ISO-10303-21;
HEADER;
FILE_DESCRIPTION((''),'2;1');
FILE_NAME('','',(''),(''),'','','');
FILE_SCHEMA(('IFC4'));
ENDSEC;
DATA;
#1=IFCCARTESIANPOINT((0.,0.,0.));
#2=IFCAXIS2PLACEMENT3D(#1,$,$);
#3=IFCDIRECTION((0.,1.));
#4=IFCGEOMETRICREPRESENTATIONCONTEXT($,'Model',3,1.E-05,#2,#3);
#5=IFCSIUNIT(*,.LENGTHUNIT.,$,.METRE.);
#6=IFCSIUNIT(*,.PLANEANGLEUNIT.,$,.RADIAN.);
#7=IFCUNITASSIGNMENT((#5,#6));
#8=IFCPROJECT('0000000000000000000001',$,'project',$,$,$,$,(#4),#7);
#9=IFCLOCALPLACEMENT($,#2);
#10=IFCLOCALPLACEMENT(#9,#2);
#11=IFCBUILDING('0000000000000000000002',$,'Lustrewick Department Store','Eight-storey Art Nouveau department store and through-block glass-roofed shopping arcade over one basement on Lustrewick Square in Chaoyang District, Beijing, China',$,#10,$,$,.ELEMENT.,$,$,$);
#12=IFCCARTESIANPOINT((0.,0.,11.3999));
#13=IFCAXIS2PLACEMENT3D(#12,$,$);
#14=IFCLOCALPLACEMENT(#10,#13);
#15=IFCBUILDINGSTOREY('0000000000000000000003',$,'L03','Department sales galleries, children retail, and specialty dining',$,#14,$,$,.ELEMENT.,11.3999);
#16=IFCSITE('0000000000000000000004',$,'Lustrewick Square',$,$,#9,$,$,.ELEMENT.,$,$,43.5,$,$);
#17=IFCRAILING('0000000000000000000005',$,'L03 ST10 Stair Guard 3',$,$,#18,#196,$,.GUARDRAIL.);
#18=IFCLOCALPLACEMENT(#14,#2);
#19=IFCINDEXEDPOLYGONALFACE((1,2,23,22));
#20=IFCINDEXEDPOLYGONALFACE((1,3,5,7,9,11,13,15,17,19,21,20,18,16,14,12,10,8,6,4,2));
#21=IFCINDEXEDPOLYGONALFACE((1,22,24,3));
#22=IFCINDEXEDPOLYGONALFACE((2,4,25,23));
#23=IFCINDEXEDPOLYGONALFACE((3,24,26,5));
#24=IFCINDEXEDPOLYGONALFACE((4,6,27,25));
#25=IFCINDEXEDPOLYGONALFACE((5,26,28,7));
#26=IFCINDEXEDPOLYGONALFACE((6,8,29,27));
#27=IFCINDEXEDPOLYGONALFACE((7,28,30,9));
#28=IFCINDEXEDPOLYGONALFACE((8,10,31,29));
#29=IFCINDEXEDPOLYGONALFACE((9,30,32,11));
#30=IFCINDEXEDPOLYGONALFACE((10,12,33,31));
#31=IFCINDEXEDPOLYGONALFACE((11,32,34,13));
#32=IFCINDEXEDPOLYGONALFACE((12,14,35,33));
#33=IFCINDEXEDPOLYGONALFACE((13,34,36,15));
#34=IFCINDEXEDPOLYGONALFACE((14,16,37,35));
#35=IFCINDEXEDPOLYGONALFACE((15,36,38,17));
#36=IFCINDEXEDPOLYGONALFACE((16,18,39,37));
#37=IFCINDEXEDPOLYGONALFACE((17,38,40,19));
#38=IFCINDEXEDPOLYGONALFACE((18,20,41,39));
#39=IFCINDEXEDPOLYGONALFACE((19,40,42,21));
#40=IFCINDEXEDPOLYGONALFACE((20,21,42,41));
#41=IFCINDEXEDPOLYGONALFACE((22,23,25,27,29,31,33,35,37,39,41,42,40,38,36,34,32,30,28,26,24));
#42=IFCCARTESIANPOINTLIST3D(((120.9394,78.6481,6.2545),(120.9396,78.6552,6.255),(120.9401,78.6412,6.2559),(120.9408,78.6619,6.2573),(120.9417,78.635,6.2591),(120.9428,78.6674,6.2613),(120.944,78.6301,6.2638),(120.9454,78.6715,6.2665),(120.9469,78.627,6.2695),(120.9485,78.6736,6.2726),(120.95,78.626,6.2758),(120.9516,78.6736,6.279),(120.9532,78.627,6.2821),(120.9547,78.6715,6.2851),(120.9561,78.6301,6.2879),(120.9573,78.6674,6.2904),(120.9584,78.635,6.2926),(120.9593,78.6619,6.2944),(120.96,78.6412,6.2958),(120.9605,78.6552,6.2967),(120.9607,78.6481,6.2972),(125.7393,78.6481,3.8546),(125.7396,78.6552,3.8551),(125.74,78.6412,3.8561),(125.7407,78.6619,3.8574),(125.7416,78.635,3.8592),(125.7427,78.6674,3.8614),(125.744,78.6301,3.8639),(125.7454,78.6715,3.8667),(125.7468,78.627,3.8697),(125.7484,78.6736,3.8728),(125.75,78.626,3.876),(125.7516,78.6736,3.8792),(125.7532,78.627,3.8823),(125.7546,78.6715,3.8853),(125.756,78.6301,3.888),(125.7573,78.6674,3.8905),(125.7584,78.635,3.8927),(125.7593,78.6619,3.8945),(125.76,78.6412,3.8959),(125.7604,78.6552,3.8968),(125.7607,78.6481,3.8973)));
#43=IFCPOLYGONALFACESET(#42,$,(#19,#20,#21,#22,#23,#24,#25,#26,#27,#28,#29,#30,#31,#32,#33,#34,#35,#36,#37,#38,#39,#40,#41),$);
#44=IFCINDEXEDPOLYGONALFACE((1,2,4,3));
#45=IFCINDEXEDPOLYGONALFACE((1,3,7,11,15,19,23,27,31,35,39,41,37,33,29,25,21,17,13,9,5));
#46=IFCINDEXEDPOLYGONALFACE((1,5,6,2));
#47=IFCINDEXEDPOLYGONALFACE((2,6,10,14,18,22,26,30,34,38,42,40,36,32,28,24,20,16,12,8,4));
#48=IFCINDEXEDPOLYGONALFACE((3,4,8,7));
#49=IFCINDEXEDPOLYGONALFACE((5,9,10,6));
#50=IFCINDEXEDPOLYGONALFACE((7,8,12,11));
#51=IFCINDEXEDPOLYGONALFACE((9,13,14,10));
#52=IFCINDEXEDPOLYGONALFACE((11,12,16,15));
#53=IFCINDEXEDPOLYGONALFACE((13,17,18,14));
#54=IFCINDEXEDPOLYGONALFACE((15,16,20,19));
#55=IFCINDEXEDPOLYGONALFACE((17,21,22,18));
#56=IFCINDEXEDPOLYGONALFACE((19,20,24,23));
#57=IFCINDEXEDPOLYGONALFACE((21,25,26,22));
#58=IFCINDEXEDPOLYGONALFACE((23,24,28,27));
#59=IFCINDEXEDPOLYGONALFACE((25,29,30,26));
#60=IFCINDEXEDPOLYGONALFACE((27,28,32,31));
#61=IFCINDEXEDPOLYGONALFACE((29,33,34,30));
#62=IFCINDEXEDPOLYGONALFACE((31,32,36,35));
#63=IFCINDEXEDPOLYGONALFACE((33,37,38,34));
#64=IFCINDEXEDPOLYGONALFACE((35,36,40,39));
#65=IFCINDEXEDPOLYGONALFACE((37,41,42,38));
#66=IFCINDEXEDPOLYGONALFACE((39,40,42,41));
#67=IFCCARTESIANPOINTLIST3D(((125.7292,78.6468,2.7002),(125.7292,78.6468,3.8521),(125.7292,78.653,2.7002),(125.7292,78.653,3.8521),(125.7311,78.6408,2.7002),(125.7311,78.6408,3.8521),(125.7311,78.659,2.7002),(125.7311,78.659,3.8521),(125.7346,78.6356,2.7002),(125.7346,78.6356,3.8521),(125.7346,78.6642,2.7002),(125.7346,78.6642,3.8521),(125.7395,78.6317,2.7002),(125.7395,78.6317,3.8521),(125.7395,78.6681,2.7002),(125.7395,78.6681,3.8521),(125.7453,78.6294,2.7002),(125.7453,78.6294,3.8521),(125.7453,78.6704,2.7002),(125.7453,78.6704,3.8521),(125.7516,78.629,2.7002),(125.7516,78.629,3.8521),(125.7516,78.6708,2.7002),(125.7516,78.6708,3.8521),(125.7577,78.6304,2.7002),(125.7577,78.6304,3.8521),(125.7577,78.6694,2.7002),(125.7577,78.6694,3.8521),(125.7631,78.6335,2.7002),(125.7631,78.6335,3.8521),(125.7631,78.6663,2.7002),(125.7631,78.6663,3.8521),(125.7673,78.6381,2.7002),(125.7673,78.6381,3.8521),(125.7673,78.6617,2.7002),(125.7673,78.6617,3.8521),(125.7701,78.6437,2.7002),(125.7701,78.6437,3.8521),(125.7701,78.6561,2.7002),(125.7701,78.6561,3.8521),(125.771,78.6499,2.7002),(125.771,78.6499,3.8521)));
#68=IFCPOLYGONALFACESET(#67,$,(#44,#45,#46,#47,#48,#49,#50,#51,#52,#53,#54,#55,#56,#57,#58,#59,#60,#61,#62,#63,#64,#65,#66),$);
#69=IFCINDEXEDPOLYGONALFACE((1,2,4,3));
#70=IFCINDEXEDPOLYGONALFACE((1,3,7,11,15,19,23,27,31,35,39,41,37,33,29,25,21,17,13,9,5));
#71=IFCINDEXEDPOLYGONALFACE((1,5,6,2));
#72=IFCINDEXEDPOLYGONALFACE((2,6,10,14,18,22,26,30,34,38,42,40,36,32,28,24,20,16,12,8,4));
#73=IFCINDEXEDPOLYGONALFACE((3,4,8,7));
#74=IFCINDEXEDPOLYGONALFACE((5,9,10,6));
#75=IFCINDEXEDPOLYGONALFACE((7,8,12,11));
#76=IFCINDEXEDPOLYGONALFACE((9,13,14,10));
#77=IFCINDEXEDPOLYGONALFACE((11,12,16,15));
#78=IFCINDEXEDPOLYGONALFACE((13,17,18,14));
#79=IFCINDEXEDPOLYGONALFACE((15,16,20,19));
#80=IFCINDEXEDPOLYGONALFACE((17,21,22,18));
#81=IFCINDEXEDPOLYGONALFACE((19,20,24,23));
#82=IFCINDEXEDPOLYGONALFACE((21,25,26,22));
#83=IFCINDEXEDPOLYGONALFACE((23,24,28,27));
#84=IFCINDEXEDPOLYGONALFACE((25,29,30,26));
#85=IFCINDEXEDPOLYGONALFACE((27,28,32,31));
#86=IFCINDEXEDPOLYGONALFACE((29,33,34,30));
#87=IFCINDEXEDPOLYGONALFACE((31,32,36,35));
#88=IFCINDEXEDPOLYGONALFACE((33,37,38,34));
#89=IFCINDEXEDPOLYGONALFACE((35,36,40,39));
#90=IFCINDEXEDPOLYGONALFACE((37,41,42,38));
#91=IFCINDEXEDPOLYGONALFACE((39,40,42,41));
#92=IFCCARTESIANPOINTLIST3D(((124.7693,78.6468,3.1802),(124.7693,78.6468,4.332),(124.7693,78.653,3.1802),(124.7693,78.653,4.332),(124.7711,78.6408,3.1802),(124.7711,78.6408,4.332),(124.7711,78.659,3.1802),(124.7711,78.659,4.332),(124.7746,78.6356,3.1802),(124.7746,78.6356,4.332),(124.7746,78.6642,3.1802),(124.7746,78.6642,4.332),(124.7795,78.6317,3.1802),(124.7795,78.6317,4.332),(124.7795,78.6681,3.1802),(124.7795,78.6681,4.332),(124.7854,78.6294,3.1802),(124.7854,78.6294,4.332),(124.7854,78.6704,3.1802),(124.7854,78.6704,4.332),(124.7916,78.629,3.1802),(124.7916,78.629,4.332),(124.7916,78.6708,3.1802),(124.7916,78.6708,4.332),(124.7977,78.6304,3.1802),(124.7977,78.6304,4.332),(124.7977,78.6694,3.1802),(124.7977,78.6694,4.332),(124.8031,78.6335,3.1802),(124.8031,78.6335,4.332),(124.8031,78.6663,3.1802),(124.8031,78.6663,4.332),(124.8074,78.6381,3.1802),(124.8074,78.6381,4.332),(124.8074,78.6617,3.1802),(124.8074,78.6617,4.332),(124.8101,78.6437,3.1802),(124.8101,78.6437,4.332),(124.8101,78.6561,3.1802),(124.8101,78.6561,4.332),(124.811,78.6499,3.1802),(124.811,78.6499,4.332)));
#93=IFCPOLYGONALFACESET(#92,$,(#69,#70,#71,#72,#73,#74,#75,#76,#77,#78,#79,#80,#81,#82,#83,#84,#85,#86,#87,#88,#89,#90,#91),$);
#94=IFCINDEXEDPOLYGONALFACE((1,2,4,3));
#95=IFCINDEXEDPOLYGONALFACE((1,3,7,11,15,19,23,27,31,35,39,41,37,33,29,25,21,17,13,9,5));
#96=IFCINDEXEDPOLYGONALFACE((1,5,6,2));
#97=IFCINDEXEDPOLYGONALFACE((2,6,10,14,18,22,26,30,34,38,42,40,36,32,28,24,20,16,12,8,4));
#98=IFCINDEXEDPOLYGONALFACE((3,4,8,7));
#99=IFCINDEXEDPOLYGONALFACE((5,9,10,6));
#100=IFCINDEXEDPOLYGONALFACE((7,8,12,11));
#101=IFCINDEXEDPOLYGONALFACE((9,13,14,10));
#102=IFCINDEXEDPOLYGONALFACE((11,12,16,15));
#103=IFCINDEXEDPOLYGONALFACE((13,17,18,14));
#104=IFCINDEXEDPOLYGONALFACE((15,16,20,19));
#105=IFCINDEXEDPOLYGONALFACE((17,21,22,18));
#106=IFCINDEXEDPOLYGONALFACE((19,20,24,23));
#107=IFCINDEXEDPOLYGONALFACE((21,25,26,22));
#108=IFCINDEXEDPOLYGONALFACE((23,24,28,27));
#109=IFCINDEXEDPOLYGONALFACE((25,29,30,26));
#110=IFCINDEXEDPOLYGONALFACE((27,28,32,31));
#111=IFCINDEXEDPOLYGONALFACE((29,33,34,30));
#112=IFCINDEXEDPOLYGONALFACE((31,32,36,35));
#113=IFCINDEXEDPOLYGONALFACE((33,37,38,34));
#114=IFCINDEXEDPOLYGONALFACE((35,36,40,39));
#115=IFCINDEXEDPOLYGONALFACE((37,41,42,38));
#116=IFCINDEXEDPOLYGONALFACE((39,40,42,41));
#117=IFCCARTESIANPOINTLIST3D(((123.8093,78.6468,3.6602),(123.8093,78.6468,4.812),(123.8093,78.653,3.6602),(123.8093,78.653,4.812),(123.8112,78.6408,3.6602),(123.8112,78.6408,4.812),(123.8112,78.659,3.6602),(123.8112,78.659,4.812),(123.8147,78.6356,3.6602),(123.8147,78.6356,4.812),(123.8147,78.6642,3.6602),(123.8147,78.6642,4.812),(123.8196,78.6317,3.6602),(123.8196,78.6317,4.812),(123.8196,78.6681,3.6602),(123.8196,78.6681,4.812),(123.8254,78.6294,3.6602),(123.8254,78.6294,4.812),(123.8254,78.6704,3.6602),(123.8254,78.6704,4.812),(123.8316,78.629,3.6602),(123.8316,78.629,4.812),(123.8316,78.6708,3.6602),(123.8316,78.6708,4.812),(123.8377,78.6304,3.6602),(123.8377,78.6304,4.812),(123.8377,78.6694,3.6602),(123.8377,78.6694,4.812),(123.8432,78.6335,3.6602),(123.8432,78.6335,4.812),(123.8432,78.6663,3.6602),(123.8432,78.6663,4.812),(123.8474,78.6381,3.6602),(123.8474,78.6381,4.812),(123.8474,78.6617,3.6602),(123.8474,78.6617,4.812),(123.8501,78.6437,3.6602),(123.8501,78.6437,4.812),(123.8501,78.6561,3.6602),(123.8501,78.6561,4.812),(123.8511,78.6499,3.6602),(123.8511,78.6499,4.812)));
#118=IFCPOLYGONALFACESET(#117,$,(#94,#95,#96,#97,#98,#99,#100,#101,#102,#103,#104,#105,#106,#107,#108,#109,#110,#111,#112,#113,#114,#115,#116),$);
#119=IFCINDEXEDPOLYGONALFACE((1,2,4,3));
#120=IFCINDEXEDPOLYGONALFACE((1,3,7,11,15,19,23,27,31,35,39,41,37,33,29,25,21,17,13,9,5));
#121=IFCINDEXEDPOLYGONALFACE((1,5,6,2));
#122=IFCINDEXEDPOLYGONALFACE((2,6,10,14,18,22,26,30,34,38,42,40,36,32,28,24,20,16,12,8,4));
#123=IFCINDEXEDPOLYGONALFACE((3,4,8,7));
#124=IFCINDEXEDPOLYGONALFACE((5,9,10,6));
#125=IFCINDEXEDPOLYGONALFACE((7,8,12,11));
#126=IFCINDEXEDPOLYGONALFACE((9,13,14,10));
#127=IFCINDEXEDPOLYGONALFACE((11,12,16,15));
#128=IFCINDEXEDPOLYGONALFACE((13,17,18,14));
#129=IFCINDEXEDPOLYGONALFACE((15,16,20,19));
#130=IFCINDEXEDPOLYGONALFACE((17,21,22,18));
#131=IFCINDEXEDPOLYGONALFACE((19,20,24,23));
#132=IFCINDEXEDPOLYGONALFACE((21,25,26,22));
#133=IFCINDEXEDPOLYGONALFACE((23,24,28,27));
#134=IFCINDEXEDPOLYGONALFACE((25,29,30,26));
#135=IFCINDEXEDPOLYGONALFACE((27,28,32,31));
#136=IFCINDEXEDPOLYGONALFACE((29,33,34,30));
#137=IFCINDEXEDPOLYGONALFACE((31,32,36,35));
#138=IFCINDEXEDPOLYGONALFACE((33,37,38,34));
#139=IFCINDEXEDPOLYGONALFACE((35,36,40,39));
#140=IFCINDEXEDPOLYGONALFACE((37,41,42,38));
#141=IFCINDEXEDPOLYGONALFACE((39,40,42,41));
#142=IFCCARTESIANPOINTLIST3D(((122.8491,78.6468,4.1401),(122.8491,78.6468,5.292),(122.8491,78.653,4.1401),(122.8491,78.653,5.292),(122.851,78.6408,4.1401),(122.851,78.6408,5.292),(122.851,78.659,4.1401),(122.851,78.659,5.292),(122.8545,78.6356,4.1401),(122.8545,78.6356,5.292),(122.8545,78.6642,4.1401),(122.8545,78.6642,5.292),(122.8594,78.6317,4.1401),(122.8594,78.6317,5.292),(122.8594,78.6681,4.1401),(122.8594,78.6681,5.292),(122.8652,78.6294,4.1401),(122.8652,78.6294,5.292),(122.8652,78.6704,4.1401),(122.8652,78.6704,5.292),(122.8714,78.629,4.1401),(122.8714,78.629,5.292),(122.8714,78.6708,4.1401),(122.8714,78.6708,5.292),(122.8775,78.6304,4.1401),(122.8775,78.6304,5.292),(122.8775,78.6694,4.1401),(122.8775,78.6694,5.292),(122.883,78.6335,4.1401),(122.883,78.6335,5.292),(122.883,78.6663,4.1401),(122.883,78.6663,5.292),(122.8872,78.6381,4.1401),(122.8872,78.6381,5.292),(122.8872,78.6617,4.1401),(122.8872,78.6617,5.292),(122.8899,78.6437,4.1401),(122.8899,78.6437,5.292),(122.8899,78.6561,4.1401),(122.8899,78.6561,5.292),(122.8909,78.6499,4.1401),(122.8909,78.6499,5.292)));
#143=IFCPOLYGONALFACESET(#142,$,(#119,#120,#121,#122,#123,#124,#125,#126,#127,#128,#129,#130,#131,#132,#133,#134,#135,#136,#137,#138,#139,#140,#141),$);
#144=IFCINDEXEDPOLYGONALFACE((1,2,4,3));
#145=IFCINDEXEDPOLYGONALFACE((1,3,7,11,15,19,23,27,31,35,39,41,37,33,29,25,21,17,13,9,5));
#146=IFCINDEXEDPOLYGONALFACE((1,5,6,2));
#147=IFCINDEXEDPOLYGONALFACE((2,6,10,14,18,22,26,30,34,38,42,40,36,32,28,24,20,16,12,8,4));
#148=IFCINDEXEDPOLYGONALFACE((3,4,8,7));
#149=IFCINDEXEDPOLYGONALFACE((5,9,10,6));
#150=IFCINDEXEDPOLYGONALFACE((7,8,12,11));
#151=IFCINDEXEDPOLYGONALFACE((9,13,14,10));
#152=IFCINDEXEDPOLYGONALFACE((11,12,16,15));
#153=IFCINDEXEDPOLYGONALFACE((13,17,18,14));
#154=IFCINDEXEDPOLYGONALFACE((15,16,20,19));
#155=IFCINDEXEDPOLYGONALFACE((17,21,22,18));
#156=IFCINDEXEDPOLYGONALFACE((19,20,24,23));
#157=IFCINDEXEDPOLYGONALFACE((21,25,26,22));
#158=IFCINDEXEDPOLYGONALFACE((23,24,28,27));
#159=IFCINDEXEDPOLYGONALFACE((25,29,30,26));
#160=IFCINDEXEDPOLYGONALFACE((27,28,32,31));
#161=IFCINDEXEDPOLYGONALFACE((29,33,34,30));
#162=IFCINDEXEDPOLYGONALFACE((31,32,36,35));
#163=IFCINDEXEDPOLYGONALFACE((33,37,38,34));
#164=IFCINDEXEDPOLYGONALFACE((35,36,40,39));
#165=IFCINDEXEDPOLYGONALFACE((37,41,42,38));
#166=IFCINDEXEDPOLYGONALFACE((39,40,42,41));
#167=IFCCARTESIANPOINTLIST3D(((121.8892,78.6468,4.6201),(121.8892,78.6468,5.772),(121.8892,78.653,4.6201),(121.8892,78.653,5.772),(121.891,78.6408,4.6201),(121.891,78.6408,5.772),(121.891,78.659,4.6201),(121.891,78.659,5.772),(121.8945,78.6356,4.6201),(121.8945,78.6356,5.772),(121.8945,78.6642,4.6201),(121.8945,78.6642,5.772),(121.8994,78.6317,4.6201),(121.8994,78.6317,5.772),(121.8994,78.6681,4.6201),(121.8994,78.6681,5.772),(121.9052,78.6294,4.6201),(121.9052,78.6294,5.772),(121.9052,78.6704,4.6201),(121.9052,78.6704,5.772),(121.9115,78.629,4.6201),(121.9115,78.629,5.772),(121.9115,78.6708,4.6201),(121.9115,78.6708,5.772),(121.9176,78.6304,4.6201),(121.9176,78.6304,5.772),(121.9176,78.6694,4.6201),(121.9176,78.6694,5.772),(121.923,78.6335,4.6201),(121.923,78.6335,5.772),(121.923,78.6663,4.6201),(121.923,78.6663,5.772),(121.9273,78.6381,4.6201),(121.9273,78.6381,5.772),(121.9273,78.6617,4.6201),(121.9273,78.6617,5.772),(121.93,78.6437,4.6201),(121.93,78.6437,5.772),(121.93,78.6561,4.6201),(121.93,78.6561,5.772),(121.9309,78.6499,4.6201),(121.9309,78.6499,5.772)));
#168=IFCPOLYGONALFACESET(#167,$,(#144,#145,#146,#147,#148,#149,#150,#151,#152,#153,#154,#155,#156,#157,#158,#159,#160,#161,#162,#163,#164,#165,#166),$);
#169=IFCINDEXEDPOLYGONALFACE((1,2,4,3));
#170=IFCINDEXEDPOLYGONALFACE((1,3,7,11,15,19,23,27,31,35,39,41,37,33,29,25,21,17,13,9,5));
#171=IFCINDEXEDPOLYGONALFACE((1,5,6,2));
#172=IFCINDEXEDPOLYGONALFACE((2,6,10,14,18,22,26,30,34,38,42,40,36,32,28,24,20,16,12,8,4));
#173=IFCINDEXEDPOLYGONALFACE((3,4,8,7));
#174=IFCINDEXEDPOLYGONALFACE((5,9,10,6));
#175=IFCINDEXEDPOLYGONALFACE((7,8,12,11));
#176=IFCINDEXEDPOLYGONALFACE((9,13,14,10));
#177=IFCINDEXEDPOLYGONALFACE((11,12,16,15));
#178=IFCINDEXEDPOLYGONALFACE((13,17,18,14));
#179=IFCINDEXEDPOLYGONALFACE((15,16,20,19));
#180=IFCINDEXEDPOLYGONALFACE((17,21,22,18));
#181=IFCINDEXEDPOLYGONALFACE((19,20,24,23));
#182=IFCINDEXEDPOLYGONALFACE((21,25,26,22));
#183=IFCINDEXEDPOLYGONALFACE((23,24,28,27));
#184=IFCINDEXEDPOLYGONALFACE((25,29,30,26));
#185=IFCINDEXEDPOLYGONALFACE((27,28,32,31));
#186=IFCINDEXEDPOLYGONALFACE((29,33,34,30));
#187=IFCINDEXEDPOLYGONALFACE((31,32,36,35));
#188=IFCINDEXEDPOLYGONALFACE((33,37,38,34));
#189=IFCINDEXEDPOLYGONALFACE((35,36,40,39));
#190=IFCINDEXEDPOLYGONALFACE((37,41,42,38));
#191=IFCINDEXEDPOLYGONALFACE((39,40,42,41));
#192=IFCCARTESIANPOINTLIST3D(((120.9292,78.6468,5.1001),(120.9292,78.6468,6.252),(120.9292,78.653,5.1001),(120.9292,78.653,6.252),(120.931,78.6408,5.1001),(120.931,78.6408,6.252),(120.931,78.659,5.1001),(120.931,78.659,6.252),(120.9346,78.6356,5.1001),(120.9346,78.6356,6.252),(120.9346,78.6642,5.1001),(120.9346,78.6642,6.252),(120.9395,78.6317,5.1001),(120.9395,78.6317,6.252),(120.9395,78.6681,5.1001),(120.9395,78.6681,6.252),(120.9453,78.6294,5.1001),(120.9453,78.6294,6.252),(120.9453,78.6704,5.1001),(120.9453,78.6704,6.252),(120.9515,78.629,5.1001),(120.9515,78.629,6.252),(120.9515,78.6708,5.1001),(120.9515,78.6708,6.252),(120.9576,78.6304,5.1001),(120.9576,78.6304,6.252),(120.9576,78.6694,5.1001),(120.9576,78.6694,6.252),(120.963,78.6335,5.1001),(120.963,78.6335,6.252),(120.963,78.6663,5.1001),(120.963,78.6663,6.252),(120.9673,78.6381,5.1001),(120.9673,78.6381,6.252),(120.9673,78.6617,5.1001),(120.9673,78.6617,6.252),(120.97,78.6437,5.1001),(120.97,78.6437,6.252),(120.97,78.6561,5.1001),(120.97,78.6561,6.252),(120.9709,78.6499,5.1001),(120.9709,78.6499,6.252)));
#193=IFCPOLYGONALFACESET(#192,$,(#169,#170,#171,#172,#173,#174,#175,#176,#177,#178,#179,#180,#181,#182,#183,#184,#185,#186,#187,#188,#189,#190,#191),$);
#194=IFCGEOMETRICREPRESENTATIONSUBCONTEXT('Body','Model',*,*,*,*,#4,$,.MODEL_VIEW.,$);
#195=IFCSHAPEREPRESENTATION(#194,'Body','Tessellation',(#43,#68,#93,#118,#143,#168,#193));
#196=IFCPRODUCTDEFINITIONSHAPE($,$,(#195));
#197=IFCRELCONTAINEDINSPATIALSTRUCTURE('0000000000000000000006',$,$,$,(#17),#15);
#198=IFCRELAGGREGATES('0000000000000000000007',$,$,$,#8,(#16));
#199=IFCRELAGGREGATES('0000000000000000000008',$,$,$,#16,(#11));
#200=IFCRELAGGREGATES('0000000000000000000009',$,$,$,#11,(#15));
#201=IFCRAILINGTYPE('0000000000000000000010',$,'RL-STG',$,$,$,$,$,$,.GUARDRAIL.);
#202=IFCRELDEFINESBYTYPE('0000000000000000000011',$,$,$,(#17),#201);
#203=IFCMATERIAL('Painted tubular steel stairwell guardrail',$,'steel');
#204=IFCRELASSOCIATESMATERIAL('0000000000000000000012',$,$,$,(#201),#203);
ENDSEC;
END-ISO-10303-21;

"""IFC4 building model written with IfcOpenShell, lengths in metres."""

from ifc_helpers import new_model, si_unit, direction, frame, origin, origin_2d, place, context, subcontext, project, spatial, circle, extrude, material, type_object, element, save


model = new_model("IFC4")

# Units and contexts
model_context = context("Model", 3, precision=1e-05, world=origin(), true_north=direction((0.0, 1.0)))
body_context = subcontext(model_context, "Body", "Model", "MODEL_VIEW")
ifc_project = project(units=[si_unit("LENGTHUNIT", "METRE"), si_unit("PLANEANGLEUNIT", "RADIAN")], contexts=[model_context])

# Site, building, storey
site_placement = place(None, origin())
site = spatial("IfcSite", under=ifc_project, at=site_placement, Name="Lustrewick Square", CompositionType="ELEMENT", RefElevation=43.5)
building_placement = place(site_placement, origin())
building = spatial("IfcBuilding", under=site, at=building_placement, Name="Lustrewick Department Store", Description="Eight-storey Art Nouveau department store and through-block glass-roofed shopping arcade over one basement on Lustrewick Square in Chaoyang District, Beijing, China", CompositionType="ELEMENT")
storey_placement = place(building_placement, frame((0.0, 0.0, 11.3999)))
storey = spatial("IfcBuildingStorey", under=building, at=storey_placement, Name="L03", Description="Department sales galleries, children retail, and specialty dining", CompositionType="ELEMENT", Elevation=11.3999)

# Railing
ifc_material_1 = material(Name="Painted tubular steel stairwell guardrail", Category="steel")
railing_type_1 = type_object("IfcRailingType", Name="RL-STG", PredefinedType="GUARDRAIL", material=ifc_material_1)
railing_1_placement = place(storey_placement, frame((125.75, 78.6499, 2.7002)))
element("IfcRailing", 1, at=railing_1_placement, inside=storey, type_object=railing_type_1, Name="L03 ST10 Stair Guard 3", PredefinedType="GUARDRAIL", context=body_context, shape_type="SweptSolid", body=[
    extrude(circle(Radius=0.0239, at=origin_2d()), frame((0.0, 0.0, 1.1758), z_axis=(-0.894436, 0.0, 0.447195), x_axis=(0.0, -1.0, 0.0)), (0.0, 0.0, 1.0), 5.3665),
    extrude(circle(Radius=0.021, at=origin_2d()), origin(), (0.0, 0.0, 1.0), 1.1519),
    extrude(circle(Radius=0.021, at=origin_2d()), frame((-0.96, 0.0, 0.48)), (0.0, 0.0, 1.0), 1.1519),
    extrude(circle(Radius=0.021, at=origin_2d()), frame((-1.9199, 0.0, 0.96)), (0.0, 0.0, 1.0), 1.1519),
    extrude(circle(Radius=0.021, at=origin_2d()), frame((-2.8801, 0.0, 1.4399)), (0.0, 0.0, 1.0), 1.1519),
    extrude(circle(Radius=0.021, at=origin_2d()), frame((-3.8401, 0.0, 1.9199)), (0.0, 0.0, 1.0), 1.1519),
    extrude(circle(Radius=0.021, at=origin_2d()), frame((-4.8, 0.0, 2.3999)), (0.0, 0.0, 1.0), 1.1519),
])

save(model, "model.ifc")
